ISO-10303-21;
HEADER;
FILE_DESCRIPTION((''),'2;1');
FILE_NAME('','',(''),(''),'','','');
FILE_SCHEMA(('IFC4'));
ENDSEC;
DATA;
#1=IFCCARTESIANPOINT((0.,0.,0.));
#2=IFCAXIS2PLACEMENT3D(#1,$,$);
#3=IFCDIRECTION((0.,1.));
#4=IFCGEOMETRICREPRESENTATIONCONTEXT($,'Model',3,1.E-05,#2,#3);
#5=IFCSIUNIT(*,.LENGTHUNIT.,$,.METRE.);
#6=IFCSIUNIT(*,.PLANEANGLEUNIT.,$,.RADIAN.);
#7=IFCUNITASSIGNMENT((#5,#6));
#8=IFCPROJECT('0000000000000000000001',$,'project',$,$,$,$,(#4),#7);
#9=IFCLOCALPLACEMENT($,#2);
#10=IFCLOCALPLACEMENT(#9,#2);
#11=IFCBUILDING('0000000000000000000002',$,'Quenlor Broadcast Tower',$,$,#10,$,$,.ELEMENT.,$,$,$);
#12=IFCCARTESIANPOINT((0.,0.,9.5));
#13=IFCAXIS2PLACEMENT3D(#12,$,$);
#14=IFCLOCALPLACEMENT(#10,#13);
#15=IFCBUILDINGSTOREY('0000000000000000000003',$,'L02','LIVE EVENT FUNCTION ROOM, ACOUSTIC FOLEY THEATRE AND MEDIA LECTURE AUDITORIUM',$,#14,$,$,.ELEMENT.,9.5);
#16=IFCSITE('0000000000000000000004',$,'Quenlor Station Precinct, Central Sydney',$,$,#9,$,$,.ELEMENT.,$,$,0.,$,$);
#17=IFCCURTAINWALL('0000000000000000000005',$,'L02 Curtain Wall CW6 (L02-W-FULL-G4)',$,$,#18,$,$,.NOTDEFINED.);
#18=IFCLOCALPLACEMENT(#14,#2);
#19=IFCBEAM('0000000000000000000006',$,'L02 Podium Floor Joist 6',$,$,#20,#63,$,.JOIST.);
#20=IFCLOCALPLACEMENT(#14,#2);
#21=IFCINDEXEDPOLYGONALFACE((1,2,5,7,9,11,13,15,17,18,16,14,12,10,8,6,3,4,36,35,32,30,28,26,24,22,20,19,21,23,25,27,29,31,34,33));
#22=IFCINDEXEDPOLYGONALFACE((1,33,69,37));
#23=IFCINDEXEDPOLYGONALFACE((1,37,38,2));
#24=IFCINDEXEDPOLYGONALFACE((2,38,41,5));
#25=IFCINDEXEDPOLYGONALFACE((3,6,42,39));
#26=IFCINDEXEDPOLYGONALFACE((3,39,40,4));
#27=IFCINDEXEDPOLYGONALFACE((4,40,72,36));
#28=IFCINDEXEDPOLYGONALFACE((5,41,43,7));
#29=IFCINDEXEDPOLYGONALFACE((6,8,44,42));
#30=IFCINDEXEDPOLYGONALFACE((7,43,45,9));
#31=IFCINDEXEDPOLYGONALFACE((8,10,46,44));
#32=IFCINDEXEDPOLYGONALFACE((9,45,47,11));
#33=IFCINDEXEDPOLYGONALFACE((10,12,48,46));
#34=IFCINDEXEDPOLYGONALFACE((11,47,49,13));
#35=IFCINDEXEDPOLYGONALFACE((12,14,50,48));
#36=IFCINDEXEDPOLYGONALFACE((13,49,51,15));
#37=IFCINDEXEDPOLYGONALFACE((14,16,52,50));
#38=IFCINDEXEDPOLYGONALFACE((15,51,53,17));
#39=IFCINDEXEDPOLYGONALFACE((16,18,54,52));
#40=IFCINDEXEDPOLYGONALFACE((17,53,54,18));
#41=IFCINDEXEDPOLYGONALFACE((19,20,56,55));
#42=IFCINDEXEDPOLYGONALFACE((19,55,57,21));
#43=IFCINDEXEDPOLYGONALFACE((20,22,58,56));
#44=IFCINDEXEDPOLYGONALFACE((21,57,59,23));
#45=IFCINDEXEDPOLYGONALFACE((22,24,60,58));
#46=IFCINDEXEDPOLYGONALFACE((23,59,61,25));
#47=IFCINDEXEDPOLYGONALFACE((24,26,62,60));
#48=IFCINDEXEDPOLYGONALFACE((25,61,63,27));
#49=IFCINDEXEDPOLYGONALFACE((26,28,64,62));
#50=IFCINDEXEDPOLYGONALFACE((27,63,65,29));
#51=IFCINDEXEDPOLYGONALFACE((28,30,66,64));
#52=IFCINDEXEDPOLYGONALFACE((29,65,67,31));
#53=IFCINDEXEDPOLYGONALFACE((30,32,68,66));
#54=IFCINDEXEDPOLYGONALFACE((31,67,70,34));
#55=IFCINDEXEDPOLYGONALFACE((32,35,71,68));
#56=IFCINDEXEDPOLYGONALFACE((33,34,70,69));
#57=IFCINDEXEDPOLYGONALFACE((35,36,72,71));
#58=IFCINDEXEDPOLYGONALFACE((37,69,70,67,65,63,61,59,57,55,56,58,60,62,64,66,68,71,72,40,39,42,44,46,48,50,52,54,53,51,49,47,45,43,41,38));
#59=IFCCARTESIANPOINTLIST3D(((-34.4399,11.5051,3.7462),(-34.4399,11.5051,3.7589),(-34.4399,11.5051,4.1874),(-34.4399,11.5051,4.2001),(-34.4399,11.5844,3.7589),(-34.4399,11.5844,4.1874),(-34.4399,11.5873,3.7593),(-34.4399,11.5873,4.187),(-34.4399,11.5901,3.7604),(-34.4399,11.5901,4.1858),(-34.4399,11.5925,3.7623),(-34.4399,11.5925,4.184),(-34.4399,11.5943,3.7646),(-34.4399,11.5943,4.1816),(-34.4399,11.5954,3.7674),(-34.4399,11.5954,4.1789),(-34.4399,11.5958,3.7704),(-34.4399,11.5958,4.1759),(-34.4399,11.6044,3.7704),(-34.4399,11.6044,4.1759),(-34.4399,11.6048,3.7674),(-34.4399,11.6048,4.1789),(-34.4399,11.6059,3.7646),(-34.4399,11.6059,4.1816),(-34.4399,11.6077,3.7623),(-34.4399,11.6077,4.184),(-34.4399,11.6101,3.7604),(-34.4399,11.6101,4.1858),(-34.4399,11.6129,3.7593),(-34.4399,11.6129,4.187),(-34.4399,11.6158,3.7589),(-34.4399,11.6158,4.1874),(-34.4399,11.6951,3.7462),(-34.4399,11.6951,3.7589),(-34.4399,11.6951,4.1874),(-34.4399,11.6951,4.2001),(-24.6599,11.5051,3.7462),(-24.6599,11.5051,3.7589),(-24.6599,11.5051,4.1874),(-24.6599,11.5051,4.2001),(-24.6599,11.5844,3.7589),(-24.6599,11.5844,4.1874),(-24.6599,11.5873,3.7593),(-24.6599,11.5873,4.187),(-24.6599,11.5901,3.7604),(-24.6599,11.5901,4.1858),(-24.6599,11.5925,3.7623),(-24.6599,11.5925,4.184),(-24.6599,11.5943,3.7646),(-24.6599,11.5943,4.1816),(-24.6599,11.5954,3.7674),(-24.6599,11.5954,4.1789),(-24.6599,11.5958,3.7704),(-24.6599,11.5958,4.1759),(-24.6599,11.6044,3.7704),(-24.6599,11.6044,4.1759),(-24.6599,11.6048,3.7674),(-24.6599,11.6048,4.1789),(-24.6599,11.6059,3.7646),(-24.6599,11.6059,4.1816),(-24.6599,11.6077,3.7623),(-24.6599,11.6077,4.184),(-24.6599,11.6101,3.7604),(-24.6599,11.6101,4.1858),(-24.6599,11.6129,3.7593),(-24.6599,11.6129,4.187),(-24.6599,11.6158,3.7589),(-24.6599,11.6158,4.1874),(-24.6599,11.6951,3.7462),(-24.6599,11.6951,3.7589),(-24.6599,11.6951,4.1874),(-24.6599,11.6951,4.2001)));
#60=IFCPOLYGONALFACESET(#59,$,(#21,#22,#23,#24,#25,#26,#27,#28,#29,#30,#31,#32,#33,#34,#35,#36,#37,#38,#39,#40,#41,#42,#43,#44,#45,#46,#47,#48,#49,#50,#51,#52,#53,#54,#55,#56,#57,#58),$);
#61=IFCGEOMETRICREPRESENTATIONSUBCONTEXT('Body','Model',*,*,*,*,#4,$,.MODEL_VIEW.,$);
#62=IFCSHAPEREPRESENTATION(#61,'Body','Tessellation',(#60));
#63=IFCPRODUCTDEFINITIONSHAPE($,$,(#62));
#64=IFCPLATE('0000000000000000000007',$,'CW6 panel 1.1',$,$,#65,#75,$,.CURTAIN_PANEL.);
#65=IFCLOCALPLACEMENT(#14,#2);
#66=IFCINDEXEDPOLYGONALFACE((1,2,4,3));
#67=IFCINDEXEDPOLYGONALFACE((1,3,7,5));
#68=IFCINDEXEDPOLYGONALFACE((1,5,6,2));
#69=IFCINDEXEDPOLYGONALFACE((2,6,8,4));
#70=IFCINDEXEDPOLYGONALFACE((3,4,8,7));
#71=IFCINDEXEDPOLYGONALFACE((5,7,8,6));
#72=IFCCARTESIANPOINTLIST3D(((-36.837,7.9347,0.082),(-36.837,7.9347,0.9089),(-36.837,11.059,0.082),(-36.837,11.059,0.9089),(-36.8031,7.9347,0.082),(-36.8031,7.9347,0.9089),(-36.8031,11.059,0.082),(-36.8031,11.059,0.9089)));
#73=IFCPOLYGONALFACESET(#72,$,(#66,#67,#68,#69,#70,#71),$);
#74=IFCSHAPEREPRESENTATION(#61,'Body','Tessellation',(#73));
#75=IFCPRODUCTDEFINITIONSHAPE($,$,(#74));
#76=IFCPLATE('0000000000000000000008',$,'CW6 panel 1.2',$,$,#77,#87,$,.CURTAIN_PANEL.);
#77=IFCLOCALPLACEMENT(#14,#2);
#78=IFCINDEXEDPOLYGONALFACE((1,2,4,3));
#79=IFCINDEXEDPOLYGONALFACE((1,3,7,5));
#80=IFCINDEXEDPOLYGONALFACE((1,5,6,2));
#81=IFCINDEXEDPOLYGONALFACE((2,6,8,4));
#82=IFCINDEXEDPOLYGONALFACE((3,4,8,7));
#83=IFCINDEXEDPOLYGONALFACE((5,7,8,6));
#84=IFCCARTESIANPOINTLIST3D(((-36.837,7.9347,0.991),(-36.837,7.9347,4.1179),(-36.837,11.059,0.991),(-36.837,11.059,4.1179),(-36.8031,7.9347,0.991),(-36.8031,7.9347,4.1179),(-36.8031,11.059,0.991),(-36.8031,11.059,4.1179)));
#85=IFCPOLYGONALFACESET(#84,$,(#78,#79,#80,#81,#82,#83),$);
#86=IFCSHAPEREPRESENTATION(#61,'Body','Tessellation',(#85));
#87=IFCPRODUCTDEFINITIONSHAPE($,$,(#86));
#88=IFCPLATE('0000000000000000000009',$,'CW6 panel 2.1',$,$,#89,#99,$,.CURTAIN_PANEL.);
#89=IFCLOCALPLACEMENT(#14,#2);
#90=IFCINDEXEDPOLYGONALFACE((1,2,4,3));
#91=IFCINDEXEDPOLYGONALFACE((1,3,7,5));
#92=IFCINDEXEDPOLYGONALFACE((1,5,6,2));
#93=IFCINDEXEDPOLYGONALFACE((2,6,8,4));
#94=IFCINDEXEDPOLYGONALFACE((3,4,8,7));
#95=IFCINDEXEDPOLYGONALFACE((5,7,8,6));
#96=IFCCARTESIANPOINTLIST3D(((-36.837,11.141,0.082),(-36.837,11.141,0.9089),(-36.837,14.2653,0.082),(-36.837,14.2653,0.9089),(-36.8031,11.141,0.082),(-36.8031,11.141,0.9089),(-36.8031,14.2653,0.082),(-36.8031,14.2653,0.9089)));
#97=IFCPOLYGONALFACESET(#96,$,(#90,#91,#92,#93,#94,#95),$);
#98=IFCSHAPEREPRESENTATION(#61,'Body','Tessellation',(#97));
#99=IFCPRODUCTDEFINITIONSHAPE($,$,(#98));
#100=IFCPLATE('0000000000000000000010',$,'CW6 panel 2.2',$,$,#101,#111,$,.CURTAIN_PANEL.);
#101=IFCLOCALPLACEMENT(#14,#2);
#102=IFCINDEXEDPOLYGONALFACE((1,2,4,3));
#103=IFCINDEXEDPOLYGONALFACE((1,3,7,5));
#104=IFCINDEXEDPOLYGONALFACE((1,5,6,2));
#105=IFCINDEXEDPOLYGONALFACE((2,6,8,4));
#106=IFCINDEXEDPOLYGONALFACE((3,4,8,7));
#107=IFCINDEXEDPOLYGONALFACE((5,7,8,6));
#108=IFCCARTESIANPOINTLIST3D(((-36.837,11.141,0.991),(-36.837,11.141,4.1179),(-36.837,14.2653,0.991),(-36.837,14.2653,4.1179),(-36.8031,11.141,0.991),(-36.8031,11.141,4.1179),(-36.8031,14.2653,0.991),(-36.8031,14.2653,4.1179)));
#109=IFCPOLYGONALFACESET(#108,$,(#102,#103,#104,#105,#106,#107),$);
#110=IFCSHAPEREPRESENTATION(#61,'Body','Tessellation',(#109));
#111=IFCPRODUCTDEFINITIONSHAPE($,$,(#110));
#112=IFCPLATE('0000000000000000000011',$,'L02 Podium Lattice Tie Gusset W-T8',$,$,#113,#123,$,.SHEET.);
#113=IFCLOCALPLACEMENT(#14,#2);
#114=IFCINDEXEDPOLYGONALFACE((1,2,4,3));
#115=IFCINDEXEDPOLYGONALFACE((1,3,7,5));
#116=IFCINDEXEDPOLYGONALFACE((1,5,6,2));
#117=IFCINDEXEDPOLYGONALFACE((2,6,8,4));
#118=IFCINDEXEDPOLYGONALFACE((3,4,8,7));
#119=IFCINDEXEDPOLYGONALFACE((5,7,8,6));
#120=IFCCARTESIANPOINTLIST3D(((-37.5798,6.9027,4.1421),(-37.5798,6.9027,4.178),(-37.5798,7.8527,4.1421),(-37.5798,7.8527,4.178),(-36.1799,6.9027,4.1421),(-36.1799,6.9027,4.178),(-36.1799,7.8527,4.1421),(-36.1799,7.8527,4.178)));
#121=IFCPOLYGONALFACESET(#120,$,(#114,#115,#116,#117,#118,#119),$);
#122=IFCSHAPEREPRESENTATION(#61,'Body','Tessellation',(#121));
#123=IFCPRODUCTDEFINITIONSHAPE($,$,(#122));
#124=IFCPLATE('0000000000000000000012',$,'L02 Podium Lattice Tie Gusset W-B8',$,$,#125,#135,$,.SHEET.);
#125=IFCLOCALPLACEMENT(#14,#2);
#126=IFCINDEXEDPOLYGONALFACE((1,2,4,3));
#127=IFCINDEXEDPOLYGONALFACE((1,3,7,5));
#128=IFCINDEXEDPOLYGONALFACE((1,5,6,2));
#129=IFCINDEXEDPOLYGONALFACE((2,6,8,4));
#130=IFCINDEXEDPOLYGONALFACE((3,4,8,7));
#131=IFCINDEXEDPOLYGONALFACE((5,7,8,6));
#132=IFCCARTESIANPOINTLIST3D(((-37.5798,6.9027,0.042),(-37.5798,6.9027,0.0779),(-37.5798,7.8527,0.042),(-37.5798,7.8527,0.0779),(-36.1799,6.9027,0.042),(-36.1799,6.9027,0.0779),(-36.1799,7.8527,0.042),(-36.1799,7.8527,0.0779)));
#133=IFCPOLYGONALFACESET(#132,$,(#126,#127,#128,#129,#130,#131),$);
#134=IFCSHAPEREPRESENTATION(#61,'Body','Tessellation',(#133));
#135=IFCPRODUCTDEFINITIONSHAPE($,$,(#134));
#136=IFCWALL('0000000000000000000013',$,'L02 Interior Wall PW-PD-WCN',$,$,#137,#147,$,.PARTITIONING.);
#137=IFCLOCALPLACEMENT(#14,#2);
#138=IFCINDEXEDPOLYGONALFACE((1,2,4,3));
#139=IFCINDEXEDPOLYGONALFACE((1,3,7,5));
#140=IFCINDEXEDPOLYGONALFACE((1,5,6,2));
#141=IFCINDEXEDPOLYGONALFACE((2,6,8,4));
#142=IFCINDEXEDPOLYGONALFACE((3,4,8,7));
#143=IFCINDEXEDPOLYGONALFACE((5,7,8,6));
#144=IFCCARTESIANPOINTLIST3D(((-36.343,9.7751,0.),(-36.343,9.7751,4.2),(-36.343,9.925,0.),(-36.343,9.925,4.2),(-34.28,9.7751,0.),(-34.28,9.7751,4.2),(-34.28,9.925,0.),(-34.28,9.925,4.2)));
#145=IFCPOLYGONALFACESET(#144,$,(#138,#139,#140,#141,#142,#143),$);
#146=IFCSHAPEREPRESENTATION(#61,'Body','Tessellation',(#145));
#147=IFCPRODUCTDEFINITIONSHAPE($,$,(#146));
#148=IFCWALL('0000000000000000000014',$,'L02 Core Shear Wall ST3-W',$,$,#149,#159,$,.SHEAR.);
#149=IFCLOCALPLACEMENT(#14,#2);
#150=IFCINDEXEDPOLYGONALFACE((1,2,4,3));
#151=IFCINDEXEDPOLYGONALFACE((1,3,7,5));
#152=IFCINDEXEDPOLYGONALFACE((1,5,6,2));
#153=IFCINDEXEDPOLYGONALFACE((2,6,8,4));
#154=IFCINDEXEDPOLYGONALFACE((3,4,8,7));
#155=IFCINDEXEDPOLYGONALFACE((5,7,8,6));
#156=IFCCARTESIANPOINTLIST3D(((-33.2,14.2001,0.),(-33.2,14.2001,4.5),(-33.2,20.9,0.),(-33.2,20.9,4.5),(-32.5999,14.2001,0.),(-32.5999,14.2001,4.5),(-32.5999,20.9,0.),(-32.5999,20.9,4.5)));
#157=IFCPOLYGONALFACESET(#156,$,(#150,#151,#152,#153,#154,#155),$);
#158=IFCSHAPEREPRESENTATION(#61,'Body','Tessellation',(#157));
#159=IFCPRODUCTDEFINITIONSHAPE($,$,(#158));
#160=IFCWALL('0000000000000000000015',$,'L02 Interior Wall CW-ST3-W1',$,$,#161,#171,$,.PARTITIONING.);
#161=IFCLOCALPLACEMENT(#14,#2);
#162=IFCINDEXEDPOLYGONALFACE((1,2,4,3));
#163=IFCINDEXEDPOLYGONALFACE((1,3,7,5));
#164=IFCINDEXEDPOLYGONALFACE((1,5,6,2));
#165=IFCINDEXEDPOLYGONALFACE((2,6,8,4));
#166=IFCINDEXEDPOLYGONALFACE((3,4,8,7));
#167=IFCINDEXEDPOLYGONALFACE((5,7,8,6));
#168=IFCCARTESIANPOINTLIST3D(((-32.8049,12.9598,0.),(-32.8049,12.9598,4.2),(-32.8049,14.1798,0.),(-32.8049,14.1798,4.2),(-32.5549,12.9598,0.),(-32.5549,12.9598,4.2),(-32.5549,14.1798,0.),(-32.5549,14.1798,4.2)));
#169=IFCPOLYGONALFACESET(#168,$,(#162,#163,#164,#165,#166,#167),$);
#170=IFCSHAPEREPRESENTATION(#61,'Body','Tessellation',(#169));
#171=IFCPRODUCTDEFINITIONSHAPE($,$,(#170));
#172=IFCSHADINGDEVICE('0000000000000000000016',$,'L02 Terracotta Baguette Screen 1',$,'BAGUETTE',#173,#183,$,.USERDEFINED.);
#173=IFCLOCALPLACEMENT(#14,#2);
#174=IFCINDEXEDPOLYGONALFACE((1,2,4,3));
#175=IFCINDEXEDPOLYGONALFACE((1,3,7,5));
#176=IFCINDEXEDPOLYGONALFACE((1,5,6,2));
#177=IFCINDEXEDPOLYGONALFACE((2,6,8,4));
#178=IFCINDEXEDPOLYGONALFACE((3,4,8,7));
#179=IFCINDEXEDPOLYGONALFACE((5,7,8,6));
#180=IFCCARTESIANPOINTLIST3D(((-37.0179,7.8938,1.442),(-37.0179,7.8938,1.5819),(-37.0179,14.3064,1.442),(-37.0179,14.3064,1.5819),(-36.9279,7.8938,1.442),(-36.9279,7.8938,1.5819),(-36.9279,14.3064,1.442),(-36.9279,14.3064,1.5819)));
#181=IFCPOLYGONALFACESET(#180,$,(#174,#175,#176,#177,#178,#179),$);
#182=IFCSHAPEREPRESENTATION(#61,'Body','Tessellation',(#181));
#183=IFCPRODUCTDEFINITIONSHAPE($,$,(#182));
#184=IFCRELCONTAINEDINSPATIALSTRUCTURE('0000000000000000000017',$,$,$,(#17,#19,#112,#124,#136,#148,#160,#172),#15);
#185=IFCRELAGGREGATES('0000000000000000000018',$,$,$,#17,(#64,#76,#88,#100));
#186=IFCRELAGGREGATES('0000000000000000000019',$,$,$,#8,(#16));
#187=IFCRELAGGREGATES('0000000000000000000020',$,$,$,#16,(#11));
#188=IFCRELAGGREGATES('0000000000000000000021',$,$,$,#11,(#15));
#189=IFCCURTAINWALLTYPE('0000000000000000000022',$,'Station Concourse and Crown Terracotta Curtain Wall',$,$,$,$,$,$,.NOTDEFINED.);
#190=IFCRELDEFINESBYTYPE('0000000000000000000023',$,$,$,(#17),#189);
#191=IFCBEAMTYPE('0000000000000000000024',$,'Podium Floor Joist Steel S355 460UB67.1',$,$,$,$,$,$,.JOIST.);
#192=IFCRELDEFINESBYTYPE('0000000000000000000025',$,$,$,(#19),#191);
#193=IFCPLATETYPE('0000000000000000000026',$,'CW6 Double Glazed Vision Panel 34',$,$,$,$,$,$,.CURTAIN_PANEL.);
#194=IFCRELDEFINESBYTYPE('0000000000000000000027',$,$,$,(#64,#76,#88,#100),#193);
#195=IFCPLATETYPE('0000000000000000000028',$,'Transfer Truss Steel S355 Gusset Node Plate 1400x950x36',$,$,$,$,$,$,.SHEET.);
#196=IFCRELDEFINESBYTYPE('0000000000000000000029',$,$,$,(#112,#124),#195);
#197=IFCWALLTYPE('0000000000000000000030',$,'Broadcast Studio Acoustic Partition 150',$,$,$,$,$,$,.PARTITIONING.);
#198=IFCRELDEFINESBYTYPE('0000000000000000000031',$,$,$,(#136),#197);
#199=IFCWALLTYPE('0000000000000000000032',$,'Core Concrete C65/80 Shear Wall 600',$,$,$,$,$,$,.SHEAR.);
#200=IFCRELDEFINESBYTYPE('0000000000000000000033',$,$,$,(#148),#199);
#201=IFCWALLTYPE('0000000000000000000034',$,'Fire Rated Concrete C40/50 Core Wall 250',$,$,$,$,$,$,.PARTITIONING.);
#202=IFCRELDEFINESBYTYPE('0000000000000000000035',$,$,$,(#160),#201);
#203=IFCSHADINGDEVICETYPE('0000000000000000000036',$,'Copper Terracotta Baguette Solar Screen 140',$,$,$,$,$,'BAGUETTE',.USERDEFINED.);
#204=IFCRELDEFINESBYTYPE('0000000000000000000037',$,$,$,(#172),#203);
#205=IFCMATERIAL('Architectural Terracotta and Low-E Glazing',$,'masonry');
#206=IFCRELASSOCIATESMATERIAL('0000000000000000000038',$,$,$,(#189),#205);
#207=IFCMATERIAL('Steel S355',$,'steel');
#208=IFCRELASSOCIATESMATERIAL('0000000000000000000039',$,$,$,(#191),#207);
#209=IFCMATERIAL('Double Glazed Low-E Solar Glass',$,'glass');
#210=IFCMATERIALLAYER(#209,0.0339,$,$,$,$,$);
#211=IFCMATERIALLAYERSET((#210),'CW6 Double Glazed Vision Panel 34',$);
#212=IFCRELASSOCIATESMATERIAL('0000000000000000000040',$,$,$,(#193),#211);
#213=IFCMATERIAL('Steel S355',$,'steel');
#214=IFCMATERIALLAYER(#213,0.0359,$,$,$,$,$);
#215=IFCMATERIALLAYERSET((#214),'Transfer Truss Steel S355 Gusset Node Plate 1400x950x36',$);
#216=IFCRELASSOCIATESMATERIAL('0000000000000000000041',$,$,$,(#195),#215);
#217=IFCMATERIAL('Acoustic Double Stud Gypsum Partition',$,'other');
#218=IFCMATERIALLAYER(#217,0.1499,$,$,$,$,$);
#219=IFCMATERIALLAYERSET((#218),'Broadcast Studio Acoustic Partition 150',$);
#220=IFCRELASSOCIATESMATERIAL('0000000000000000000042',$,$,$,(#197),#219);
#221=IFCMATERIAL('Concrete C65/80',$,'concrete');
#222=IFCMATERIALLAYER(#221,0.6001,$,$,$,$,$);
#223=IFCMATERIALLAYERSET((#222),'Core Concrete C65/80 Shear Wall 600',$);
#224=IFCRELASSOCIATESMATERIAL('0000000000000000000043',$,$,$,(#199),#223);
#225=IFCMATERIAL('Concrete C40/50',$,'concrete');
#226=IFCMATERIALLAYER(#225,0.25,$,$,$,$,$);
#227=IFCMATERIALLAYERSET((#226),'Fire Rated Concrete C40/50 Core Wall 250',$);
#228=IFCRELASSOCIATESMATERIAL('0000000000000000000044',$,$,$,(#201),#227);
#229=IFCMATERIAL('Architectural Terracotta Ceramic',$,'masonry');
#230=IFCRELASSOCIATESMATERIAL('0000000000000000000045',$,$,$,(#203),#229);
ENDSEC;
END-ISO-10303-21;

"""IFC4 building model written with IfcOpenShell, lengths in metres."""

from ifc_helpers import new_model, si_unit, direction, frame, frame_2d, origin, origin_2d, place, context, subcontext, project, spatial, rectangle, i_section, extrude, material, layer, layer_set, material_profile, profile_set, type_object, element, aggregate, save


model = new_model("IFC4")

# Units and contexts
model_context = context("Model", 3, precision=1e-05, world=origin(), true_north=direction((0.0, 1.0)))
body_context = subcontext(model_context, "Body", "Model", "MODEL_VIEW")
ifc_project = project(units=[si_unit("LENGTHUNIT", "METRE"), si_unit("PLANEANGLEUNIT", "RADIAN")], contexts=[model_context])

# Site, building, storey
site_placement = place(None, origin())
site = spatial("IfcSite", under=ifc_project, at=site_placement, Name="Quenlor Station Precinct, Central Sydney", CompositionType="ELEMENT", RefElevation=0.0)
building_placement = place(site_placement, origin())
building = spatial("IfcBuilding", under=site, at=building_placement, Name="Quenlor Broadcast Tower", CompositionType="ELEMENT")
storey_placement = place(building_placement, frame((0.0, 0.0, 9.5)))
storey = spatial("IfcBuildingStorey", under=building, at=storey_placement, Name="L02", Description="LIVE EVENT FUNCTION ROOM, ACOUSTIC FOLEY THEATRE AND MEDIA LECTURE AUDITORIUM", CompositionType="ELEMENT", Elevation=9.5)

# Curtain wall
ifc_material_1 = material(Name="Architectural Terracotta and Low-E Glazing", Category="masonry")
curtain_wall_type = type_object("IfcCurtainWallType", Name="Station Concourse and Crown Terracotta Curtain Wall", PredefinedType="NOTDEFINED", material=ifc_material_1)
curtain_wall_placement = place(storey_placement, origin())
curtain_wall = element("IfcCurtainWall", 1, at=curtain_wall_placement, inside=storey, type_object=curtain_wall_type, Name="L02 Curtain Wall CW6 (L02-W-FULL-G4)", PredefinedType="NOTDEFINED")

# Beam
ifc_material_2 = material(Name="Steel S355", Category="steel")
ifc_material_profile_1 = material_profile(ifc_material_2, i_section(OverallWidth=0.1899, OverallDepth=0.4539, WebThickness=0.0085, FlangeThickness=0.0127, FilletRadius=0.0115, at=origin_2d()))
ifc_profile_set_1 = profile_set([ifc_material_profile_1], Name="Steel S355 460UB67.1")
beam_type = type_object("IfcBeamType", Name="Podium Floor Joist Steel S355 460UB67.1", PredefinedType="JOIST", material=ifc_profile_set_1)
for number, where, z_axis, x_axis, name in (
    (2, (-34.4399, 11.6001, 3.9731), (1.0, 0.0, 0.0), (0.0, 1.0, 0.0), "L02 Podium Floor Joist 6"),
):
    element("IfcBeam", number, at=place(storey_placement, frame(where, z_axis=z_axis, x_axis=x_axis)), inside=storey, type_object=beam_type, Name=name, PredefinedType="JOIST", context=body_context, shape_type="SweptSolid", body=[
        extrude(i_section(OverallWidth=0.1899, OverallDepth=0.4539, WebThickness=0.0085, FlangeThickness=0.0127, FilletRadius=0.0115, at=origin_2d()), origin(), (0.0, 0.0, 1.0), 9.78),
    ])

# Plates
ifc_material_3 = material(Name="Double Glazed Low-E Solar Glass", Category="glass")
ifc_layer_1 = layer(ifc_material_3, 0.0339)
ifc_layer_set_1 = layer_set([ifc_layer_1], Name="CW6 Double Glazed Vision Panel 34")
plate_type_1 = type_object("IfcPlateType", Name="CW6 Double Glazed Vision Panel 34", PredefinedType="CURTAIN_PANEL", material=ifc_layer_set_1)
plate_1_placement = place(storey_placement, frame((-36.8201, 9.4968, 0.082), z_axis=(0.0, 0.0, 1.0), x_axis=(0.0, 1.0, 0.0)))
plate_1 = element("IfcPlate", 3, at=plate_1_placement, type_object=plate_type_1, Name="CW6 panel 1.1", PredefinedType="CURTAIN_PANEL", context=body_context, shape_type="SweptSolid", body=[
    extrude(rectangle(XDim=3.1243, YDim=0.0339, at=origin_2d()), origin(), (0.0, 0.0, 1.0), 0.8269),
])
plate_2_placement = place(storey_placement, frame((-36.8201, 9.4968, 0.991), z_axis=(0.0, 0.0, 1.0), x_axis=(0.0, 1.0, 0.0)))
plate_2 = element("IfcPlate", 4, at=plate_2_placement, type_object=plate_type_1, Name="CW6 panel 1.2", PredefinedType="CURTAIN_PANEL", context=body_context, shape_type="SweptSolid", body=[
    extrude(rectangle(XDim=3.1243, YDim=0.0339, at=origin_2d()), origin(), (0.0, 0.0, 1.0), 3.127),
])
plate_3_placement = place(storey_placement, frame((-36.8201, 12.7031, 0.082), z_axis=(0.0, 0.0, 1.0), x_axis=(0.0, 1.0, 0.0)))
plate_3 = element("IfcPlate", 5, at=plate_3_placement, type_object=plate_type_1, Name="CW6 panel 2.1", PredefinedType="CURTAIN_PANEL", context=body_context, shape_type="SweptSolid", body=[
    extrude(rectangle(XDim=3.1243, YDim=0.0339, at=origin_2d()), origin(), (0.0, 0.0, 1.0), 0.8269),
])
plate_4_placement = place(storey_placement, frame((-36.8201, 12.7031, 0.991), z_axis=(0.0, 0.0, 1.0), x_axis=(0.0, 1.0, 0.0)))
plate_4 = element("IfcPlate", 6, at=plate_4_placement, type_object=plate_type_1, Name="CW6 panel 2.2", PredefinedType="CURTAIN_PANEL", context=body_context, shape_type="SweptSolid", body=[
    extrude(rectangle(XDim=3.1243, YDim=0.0339, at=origin_2d()), origin(), (0.0, 0.0, 1.0), 3.127),
])
aggregate(curtain_wall, [plate_1, plate_2, plate_3, plate_4])

# Plates
ifc_material_4 = material(Name="Steel S355", Category="steel")
ifc_layer_2 = layer(ifc_material_4, 0.0359)
ifc_layer_set_2 = layer_set([ifc_layer_2], Name="Transfer Truss Steel S355 Gusset Node Plate 1400x950x36")
plate_type_2 = type_object("IfcPlateType", Name="Transfer Truss Steel S355 Gusset Node Plate 1400x950x36", PredefinedType="SHEET", material=ifc_layer_set_2)
for number, where, z_axis, x_axis, name in (
    (7, (-36.8799, 7.3777, 4.1421), (0.0, 0.0, 1.0), (-1.0, 0.0, 0.0), "L02 Podium Lattice Tie Gusset W-T8"),
    (8, (-36.8799, 7.3777, 0.042), (0.0, 0.0, 1.0), (-1.0, 0.0, 0.0), "L02 Podium Lattice Tie Gusset W-B8"),
):
    element("IfcPlate", number, at=place(storey_placement, frame(where, z_axis=z_axis, x_axis=x_axis)), inside=storey, type_object=plate_type_2, Name=name, PredefinedType="SHEET", context=body_context, shape_type="SweptSolid", body=[
        extrude(rectangle(XDim=1.3999, YDim=0.95, at=origin_2d()), origin(), (0.0, 0.0, 1.0), 0.0359),
    ])

# Walls
ifc_material_5 = material(Name="Acoustic Double Stud Gypsum Partition", Category="other")
ifc_layer_3 = layer(ifc_material_5, 0.1499)
ifc_layer_set_3 = layer_set([ifc_layer_3], Name="Broadcast Studio Acoustic Partition 150")
wall_type_1 = type_object("IfcWallType", Name="Broadcast Studio Acoustic Partition 150", PredefinedType="PARTITIONING", material=ifc_layer_set_3)
wall_1_placement = place(storey_placement, frame((-36.343, 9.8501, 0.0), z_axis=(0.0, 0.0, 1.0), x_axis=(1.0, 0.0, 0.0)))
element("IfcWall", 9, at=wall_1_placement, inside=storey, type_object=wall_type_1, Name="L02 Interior Wall PW-PD-WCN", PredefinedType="PARTITIONING", context=body_context, shape_type="SweptSolid", body=[
    extrude(rectangle(XDim=2.063, YDim=0.1499, at=frame_2d((1.0315, 0.0))), origin(), (0.0, 0.0, 1.0), 4.2),
])
ifc_material_6 = material(Name="Concrete C65/80", Category="concrete")
ifc_layer_4 = layer(ifc_material_6, 0.6001)
ifc_layer_set_4 = layer_set([ifc_layer_4], Name="Core Concrete C65/80 Shear Wall 600")
wall_type_2 = type_object("IfcWallType", Name="Core Concrete C65/80 Shear Wall 600", PredefinedType="SHEAR", material=ifc_layer_set_4)
wall_2_placement = place(storey_placement, frame((-32.8999, 14.2, 0.0), z_axis=(0.0, 0.0, 1.0), x_axis=(0.0, 1.0, 0.0)))
element("IfcWall", 10, at=wall_2_placement, inside=storey, type_object=wall_type_2, Name="L02 Core Shear Wall ST3-W", PredefinedType="SHEAR", context=body_context, shape_type="SweptSolid", body=[
    extrude(rectangle(XDim=6.7, YDim=0.6001, at=frame_2d((3.3501, 0.0))), origin(), (0.0, 0.0, 1.0), 4.5),
])

# Shared definitions
ifc_material_7 = material(Name="Concrete C40/50", Category="concrete")
ifc_layer_5 = layer(ifc_material_7, 0.25)
ifc_layer_set_5 = layer_set([ifc_layer_5], Name="Fire Rated Concrete C40/50 Core Wall 250")
wall_type_3 = type_object("IfcWallType", Name="Fire Rated Concrete C40/50 Core Wall 250", PredefinedType="PARTITIONING", material=ifc_layer_set_5)

# Wall
wall_3_placement = place(storey_placement, frame((-32.6799, 12.96, 0.0), z_axis=(0.0, 0.0, 1.0), x_axis=(0.0, 1.0, 0.0)))
element("IfcWall", 11, at=wall_3_placement, inside=storey, type_object=wall_type_3, Name="L02 Interior Wall CW-ST3-W1", PredefinedType="PARTITIONING", context=body_context, shape_type="SweptSolid", body=[
    extrude(rectangle(XDim=1.22, YDim=0.25, at=frame_2d((0.6099, 0.0))), origin(), (0.0, 0.0, 1.0), 4.2),
])

# Shading device
ifc_material_8 = material(Name="Architectural Terracotta Ceramic", Category="masonry")
ifc_material_profile_2 = material_profile(ifc_material_8, rectangle(XDim=0.0901, YDim=0.1399, at=origin_2d()))
ifc_profile_set_2 = profile_set([ifc_material_profile_2], Name="Architectural Terracotta Ceramic BAG90x140")
shading_device_type = type_object("IfcShadingDeviceType", Name="Copper Terracotta Baguette Solar Screen 140", ElementType="BAGUETTE", PredefinedType="USERDEFINED", material=ifc_profile_set_2)
for number, where, z_axis, x_axis, name in (
    (12, (-36.9729, 7.8938, 1.512), (0.0, 1.0, 0.0), (-1.0, 0.0, 0.0), "L02 Terracotta Baguette Screen 1"),
):
    element("IfcShadingDevice", number, at=place(storey_placement, frame(where, z_axis=z_axis, x_axis=x_axis)), inside=storey, type_object=shading_device_type, Name=name, ObjectType="BAGUETTE", PredefinedType="USERDEFINED", context=body_context, shape_type="SweptSolid", body=[
        extrude(rectangle(XDim=0.0901, YDim=0.1399, at=origin_2d()), origin(), (0.0, 0.0, 1.0), 6.4126),
    ])

save(model, "model.ifc")
